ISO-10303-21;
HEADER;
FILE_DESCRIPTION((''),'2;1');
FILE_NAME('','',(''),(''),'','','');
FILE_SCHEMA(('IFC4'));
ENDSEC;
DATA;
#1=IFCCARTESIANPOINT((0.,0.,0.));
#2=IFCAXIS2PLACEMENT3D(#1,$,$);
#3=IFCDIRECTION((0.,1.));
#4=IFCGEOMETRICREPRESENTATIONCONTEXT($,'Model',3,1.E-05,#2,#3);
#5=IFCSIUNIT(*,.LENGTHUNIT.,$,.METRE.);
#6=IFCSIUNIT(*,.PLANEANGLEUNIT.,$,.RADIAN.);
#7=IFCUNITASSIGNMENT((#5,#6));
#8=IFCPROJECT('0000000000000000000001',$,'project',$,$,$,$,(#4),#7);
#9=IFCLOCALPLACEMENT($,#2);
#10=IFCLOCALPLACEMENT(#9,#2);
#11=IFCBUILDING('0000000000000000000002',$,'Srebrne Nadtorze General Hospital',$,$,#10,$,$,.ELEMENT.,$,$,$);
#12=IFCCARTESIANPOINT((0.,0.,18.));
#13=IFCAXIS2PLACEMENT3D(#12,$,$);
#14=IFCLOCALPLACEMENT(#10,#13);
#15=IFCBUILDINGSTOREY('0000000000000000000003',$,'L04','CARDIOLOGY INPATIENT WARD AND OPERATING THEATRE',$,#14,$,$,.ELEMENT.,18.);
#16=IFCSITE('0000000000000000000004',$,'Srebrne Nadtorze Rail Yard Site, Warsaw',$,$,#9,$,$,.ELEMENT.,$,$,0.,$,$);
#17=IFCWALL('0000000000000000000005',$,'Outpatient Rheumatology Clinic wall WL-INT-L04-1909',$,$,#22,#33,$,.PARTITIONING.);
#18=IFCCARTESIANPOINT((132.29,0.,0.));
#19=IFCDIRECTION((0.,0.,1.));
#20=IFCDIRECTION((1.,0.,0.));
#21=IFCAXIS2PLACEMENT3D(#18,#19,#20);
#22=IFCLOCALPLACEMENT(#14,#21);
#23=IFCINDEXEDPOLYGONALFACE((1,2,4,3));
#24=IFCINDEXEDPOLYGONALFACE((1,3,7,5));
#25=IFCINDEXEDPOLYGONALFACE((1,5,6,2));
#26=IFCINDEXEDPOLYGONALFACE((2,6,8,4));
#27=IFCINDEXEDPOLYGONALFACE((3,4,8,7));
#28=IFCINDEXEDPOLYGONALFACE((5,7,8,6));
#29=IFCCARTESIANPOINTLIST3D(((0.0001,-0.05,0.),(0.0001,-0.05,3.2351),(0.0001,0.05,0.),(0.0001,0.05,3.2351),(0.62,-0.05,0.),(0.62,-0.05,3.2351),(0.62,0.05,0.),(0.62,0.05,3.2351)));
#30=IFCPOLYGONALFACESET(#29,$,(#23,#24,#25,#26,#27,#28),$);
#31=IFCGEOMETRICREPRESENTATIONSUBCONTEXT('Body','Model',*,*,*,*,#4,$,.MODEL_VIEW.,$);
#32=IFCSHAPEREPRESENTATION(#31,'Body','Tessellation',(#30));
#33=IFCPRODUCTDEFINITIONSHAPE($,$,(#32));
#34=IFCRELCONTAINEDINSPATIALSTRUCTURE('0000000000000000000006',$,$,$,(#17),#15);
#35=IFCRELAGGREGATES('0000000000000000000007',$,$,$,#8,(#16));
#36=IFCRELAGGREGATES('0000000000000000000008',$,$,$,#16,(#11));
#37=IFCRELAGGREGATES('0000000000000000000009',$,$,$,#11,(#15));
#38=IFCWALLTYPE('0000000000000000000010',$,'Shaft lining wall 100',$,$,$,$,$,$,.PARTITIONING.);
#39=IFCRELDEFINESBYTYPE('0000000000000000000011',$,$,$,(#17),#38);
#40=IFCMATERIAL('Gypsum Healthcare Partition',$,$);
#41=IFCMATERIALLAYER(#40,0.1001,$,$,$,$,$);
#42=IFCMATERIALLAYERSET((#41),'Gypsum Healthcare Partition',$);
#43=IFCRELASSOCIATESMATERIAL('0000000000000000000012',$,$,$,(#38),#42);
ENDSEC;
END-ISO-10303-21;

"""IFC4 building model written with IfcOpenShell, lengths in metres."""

from ifc_helpers import new_model, si_unit, direction, frame, frame_2d, origin, place, context, subcontext, project, spatial, rectangle, extrude, material, layer, layer_set, type_object, element, save


model = new_model("IFC4")

# Units and contexts
model_context = context("Model", 3, precision=1e-05, world=origin(), true_north=direction((0.0, 1.0)))
body_context = subcontext(model_context, "Body", "Model", "MODEL_VIEW")
ifc_project = project(units=[si_unit("LENGTHUNIT", "METRE"), si_unit("PLANEANGLEUNIT", "RADIAN")], contexts=[model_context])

# Site, building, storey
site_placement = place(None, origin())
site = spatial("IfcSite", under=ifc_project, at=site_placement, Name="Srebrne Nadtorze Rail Yard Site, Warsaw", CompositionType="ELEMENT", RefElevation=0.0)
building_placement = place(site_placement, origin())
building = spatial("IfcBuilding", under=site, at=building_placement, Name="Srebrne Nadtorze General Hospital", CompositionType="ELEMENT")
storey_placement = place(building_placement, frame((0.0, 0.0, 18.0)))
storey = spatial("IfcBuildingStorey", under=building, at=storey_placement, Name="L04", Description="CARDIOLOGY INPATIENT WARD AND OPERATING THEATRE", CompositionType="ELEMENT", Elevation=18.0)

# Shared definitions
ifc_material_1 = material(Name="Gypsum Healthcare Partition")
ifc_layer_1 = layer(ifc_material_1, 0.1001)
ifc_layer_set_1 = layer_set([ifc_layer_1], Name="Gypsum Healthcare Partition")
wall_type = type_object("IfcWallType", Name="Shaft lining wall 100", PredefinedType="PARTITIONING", material=ifc_layer_set_1)

# Wall
wall_1_placement = place(storey_placement, frame((132.29, 0.0, 0.0), z_axis=(0.0, 0.0, 1.0), x_axis=(1.0, 0.0, 0.0)))
element("IfcWall", 1, at=wall_1_placement, inside=storey, type_object=wall_type, Name="Outpatient Rheumatology Clinic wall WL-INT-L04-1909", PredefinedType="PARTITIONING", context=body_context, shape_type="SweptSolid", body=[
    extrude(rectangle(XDim=0.6199, YDim=0.1001, at=frame_2d((0.3101, 0.0))), origin(), (0.0, 0.0, 1.0), 3.2351),
])

save(model, "model.ifc")
